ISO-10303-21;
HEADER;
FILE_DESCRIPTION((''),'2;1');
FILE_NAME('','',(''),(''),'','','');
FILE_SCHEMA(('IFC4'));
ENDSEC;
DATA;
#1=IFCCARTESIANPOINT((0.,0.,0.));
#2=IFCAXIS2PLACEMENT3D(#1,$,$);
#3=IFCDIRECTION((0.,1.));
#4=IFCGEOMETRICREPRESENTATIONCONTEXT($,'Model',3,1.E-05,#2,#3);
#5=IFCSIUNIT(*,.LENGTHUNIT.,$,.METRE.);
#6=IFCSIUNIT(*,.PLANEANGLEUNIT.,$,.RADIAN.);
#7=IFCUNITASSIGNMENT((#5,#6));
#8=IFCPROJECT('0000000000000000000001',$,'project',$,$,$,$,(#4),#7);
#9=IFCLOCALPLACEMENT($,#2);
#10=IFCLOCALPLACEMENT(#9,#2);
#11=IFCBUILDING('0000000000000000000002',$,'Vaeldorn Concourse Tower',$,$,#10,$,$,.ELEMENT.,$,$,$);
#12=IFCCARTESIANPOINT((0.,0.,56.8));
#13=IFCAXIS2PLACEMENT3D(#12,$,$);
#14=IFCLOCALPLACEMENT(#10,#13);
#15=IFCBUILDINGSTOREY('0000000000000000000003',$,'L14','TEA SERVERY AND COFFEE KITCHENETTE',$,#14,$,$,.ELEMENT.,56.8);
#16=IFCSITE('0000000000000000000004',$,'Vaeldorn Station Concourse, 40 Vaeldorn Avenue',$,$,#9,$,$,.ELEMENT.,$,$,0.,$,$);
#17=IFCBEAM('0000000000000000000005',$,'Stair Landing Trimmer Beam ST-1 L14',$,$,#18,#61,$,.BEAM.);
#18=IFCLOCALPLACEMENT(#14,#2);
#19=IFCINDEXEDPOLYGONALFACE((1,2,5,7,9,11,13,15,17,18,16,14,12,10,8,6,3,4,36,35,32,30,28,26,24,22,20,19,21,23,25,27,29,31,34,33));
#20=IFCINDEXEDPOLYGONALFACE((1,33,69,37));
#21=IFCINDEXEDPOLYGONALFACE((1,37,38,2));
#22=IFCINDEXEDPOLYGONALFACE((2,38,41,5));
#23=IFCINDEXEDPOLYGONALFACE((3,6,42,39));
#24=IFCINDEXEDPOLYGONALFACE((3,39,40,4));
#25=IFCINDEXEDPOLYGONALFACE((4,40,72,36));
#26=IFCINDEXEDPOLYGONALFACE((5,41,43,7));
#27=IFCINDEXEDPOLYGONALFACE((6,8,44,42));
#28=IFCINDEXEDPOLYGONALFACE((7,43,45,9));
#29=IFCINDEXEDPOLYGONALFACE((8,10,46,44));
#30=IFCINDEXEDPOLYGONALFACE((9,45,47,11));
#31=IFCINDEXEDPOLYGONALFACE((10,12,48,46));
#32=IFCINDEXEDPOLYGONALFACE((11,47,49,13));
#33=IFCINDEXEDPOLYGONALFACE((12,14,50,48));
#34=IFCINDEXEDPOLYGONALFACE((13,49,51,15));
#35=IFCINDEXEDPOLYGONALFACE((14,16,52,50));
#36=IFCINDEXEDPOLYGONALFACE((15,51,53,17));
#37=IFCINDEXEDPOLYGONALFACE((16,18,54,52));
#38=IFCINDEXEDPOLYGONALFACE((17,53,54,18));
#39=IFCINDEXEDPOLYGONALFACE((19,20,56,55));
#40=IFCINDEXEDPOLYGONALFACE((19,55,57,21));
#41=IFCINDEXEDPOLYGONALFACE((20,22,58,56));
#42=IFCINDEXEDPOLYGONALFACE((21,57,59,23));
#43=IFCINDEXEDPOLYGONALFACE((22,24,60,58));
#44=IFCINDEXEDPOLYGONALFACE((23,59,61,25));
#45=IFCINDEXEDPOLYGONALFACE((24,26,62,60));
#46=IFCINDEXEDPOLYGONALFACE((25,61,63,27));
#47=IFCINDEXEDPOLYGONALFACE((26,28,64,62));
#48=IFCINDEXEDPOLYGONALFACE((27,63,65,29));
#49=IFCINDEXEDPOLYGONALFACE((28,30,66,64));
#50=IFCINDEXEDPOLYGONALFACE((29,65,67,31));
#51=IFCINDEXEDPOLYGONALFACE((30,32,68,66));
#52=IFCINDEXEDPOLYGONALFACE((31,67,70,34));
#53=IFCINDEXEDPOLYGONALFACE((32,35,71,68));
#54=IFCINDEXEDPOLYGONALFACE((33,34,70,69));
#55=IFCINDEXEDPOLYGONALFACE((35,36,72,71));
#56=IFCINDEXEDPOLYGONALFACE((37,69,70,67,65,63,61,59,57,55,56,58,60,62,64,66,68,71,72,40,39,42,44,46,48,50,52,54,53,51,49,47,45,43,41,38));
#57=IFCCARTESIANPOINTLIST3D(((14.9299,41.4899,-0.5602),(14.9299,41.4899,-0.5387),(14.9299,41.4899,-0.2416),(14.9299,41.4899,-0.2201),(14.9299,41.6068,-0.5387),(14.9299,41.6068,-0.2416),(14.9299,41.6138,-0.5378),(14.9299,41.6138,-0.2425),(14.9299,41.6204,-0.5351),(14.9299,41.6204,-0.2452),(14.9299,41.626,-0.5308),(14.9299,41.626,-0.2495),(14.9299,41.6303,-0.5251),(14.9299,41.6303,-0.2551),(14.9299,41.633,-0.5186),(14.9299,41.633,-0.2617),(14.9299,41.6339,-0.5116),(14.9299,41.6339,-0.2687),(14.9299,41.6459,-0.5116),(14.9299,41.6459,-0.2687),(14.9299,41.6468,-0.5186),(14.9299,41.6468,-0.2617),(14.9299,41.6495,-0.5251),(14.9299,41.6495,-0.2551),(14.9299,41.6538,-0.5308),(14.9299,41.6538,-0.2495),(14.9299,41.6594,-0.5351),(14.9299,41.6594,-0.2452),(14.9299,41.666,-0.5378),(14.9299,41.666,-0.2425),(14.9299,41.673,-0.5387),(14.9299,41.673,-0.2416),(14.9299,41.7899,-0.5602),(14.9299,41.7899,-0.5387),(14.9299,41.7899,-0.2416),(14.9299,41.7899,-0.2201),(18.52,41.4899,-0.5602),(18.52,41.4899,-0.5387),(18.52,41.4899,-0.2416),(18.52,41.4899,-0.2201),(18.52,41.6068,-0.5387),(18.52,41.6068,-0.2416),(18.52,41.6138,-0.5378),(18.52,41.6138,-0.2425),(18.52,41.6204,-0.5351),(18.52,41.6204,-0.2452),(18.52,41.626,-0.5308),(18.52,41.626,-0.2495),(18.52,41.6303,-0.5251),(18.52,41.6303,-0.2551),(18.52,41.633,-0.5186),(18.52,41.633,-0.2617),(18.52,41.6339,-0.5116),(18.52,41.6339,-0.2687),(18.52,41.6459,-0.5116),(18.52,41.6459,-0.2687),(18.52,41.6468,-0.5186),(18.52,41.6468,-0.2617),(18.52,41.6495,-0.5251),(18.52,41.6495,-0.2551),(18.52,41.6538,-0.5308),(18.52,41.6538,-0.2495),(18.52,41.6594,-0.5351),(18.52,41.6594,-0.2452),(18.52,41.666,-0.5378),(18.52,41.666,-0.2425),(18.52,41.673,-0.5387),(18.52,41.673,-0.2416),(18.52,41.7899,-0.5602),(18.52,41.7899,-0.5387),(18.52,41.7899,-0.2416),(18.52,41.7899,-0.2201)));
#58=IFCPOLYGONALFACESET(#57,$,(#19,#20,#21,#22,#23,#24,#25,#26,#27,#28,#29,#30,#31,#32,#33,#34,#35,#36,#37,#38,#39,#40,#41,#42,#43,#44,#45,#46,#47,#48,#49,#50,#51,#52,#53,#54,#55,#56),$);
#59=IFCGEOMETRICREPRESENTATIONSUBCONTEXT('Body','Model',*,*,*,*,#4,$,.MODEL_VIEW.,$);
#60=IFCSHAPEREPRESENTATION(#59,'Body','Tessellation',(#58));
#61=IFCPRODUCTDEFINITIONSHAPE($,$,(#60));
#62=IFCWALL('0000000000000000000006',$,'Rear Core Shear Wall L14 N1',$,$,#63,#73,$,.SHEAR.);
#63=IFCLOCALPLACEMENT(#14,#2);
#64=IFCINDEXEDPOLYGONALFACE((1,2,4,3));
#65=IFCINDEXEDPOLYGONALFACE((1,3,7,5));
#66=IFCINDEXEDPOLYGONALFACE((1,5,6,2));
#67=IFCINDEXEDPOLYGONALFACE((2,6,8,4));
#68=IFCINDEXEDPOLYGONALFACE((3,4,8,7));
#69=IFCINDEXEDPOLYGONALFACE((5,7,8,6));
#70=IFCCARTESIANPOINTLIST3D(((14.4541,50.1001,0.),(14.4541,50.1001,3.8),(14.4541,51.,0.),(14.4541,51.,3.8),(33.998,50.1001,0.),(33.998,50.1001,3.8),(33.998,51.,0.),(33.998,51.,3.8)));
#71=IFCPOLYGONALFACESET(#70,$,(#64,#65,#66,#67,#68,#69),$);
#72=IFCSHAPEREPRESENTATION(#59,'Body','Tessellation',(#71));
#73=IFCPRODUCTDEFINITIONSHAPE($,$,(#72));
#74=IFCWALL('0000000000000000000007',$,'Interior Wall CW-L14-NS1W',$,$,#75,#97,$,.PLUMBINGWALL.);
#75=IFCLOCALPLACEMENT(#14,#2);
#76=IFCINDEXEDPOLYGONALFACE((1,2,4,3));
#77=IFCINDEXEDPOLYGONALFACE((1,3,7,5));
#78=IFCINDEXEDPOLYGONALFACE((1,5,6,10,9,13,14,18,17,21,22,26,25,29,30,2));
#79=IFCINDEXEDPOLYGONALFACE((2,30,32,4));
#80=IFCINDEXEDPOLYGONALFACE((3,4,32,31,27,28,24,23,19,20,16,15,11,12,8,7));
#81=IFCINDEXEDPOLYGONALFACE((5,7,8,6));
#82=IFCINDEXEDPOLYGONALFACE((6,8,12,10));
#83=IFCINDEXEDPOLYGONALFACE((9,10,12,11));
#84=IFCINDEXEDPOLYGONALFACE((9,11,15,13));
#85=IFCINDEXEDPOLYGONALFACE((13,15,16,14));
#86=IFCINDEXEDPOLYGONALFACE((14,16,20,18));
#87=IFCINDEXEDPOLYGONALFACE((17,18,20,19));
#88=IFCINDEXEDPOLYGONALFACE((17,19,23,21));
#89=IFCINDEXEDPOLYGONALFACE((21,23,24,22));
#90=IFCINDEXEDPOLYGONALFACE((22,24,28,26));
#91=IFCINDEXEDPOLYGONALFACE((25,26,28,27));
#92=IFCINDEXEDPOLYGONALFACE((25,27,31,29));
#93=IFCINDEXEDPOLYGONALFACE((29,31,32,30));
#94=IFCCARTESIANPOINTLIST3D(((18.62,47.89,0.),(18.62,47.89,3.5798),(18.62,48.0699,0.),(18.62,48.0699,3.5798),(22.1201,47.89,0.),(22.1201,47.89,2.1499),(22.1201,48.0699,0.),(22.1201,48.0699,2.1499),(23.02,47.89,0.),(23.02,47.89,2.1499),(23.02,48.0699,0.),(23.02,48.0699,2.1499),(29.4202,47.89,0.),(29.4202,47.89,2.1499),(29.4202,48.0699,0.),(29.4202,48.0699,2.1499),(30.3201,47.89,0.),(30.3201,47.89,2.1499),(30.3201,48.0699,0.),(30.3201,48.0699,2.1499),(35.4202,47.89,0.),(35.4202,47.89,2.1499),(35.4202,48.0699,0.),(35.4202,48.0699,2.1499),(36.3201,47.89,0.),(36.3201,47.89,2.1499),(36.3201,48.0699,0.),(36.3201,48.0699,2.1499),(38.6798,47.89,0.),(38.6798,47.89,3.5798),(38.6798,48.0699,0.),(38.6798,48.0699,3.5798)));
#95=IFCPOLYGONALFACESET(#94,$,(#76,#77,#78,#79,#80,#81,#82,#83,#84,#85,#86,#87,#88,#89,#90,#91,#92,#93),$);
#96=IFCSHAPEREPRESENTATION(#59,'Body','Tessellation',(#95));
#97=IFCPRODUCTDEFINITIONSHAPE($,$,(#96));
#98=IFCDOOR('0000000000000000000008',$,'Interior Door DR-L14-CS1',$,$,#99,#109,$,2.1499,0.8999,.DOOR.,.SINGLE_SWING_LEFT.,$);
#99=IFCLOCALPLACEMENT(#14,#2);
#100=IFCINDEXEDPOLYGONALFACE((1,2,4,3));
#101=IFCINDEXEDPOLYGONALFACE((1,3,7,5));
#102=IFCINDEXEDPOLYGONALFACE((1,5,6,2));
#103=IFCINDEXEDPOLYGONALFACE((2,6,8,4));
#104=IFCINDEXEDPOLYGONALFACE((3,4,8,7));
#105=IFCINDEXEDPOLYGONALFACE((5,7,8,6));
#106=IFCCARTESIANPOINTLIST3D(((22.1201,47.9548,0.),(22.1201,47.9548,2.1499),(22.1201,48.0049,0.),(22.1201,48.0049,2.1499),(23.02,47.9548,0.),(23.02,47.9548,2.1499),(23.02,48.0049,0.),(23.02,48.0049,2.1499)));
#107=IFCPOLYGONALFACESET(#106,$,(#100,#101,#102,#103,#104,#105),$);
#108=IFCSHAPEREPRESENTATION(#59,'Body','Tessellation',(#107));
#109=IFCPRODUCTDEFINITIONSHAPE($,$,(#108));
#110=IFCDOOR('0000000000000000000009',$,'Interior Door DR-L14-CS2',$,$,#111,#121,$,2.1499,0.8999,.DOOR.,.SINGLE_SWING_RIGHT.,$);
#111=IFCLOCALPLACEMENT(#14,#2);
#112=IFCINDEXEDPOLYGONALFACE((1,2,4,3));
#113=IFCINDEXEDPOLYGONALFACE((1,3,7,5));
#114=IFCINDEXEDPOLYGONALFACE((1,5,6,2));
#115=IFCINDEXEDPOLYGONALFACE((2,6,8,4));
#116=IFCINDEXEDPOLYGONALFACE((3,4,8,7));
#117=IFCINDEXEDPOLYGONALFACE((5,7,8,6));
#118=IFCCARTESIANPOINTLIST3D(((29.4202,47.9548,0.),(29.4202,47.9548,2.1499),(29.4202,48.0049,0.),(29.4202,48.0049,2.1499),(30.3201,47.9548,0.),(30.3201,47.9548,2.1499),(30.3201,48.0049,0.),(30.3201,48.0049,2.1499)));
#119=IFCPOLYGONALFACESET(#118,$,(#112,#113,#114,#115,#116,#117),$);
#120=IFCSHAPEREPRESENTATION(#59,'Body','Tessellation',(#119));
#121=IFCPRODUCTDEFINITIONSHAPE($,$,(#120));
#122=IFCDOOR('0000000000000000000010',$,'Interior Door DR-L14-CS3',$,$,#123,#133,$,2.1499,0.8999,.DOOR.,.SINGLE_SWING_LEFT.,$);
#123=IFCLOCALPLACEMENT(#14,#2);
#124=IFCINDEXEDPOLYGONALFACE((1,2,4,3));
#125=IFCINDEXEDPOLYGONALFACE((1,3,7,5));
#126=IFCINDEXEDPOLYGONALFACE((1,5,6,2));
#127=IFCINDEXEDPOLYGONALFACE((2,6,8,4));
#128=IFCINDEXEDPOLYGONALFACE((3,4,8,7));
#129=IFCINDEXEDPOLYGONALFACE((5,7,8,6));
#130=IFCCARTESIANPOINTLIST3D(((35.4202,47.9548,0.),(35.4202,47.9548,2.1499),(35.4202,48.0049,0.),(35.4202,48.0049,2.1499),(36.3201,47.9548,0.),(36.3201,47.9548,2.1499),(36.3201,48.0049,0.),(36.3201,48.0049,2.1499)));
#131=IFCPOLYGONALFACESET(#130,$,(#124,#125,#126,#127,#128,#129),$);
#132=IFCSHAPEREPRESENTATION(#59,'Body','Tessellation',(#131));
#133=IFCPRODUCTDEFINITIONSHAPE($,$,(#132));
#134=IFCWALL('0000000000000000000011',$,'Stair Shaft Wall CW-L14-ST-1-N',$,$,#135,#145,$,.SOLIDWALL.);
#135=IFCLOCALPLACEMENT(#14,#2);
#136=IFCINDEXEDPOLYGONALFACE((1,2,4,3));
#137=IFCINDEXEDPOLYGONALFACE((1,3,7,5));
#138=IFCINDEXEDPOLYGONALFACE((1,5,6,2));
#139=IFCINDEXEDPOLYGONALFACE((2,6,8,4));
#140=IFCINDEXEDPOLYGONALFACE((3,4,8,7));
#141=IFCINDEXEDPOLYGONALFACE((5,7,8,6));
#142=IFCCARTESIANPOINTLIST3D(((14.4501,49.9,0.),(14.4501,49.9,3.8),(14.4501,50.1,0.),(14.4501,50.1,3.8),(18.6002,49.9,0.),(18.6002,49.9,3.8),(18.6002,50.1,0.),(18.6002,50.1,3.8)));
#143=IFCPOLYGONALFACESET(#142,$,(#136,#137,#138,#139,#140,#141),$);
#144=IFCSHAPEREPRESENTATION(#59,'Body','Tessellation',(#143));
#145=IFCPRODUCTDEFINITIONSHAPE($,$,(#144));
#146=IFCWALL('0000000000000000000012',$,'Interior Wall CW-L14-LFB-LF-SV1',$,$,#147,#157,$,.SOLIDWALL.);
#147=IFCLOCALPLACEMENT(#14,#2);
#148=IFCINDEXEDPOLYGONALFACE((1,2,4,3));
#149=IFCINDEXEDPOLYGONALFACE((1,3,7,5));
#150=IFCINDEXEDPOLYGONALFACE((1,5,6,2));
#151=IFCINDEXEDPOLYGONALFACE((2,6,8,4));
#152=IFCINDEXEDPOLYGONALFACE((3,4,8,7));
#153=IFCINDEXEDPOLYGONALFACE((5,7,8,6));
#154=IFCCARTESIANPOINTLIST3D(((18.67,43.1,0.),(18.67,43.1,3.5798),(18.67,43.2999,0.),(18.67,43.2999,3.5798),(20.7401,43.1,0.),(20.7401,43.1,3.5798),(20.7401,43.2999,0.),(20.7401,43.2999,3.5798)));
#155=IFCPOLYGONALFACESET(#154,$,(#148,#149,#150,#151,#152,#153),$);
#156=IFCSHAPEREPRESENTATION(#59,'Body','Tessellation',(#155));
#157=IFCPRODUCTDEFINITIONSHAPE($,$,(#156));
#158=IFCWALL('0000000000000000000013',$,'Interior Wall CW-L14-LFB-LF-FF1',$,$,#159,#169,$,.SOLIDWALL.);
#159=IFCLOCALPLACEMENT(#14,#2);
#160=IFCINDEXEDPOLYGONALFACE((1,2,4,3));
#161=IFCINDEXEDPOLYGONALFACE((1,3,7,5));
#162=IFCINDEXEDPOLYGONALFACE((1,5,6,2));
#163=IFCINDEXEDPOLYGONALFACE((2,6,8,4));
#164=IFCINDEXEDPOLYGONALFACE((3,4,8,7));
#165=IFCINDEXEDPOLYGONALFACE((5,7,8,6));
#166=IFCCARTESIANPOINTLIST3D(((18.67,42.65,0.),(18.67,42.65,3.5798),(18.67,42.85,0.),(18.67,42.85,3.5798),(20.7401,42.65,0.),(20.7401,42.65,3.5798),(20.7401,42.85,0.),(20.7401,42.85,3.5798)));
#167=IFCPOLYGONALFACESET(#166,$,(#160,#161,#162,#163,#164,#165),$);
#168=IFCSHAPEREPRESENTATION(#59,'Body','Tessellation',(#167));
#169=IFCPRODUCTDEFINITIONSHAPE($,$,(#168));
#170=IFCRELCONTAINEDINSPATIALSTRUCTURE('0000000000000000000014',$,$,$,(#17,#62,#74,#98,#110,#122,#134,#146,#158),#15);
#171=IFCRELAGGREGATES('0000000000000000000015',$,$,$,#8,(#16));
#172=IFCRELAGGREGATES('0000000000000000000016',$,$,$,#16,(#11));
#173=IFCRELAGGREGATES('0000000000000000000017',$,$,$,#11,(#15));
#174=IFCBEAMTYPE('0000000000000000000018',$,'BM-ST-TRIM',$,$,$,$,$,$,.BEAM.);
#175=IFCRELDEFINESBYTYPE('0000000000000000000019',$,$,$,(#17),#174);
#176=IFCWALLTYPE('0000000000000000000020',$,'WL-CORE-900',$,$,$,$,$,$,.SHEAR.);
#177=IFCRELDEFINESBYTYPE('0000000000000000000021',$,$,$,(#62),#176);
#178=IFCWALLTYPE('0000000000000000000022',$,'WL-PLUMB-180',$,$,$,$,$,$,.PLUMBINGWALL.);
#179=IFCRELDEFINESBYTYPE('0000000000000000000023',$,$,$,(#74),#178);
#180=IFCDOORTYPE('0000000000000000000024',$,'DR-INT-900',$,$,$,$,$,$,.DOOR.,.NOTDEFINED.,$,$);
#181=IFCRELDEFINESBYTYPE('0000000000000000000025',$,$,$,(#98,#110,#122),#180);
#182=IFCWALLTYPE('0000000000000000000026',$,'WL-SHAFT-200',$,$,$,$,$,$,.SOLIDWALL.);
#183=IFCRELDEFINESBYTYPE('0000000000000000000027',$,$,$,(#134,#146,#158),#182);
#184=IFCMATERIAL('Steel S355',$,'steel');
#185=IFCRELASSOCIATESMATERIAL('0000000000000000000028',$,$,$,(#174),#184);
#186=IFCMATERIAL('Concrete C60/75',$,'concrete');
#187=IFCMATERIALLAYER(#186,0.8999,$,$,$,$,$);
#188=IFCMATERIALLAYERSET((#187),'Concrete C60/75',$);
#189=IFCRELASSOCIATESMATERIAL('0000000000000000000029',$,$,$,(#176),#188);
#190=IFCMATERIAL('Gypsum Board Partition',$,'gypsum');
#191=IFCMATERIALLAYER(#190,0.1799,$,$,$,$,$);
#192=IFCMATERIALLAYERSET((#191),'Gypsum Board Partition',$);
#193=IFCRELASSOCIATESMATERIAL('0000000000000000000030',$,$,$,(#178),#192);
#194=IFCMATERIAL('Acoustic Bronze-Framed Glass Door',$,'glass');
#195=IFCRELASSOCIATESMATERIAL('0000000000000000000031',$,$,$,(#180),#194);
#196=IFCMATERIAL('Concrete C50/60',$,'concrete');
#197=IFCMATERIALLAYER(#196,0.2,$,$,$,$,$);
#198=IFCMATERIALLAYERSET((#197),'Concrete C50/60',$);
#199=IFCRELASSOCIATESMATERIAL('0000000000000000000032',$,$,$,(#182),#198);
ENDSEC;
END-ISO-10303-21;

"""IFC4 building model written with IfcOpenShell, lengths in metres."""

from ifc_helpers import new_model, si_unit, direction, frame, frame_2d, origin, origin_2d, place, context, subcontext, project, spatial, rectangle, i_section, extrude, source, transform, mapped, material, layer, layer_set, material_profile, profile_set, type_object, element, fill, save


model = new_model("IFC4")

# Units and contexts
model_context = context("Model", 3, precision=1e-05, world=origin(), true_north=direction((0.0, 1.0)))
body_context = subcontext(model_context, "Body", "Model", "MODEL_VIEW")
ifc_project = project(units=[si_unit("LENGTHUNIT", "METRE"), si_unit("PLANEANGLEUNIT", "RADIAN")], contexts=[model_context])

# Site, building, storey
site_placement = place(None, origin())
site = spatial("IfcSite", under=ifc_project, at=site_placement, Name="Vaeldorn Station Concourse, 40 Vaeldorn Avenue", CompositionType="ELEMENT", RefElevation=0.0)
building_placement = place(site_placement, origin())
building = spatial("IfcBuilding", under=site, at=building_placement, Name="Vaeldorn Concourse Tower", CompositionType="ELEMENT")
storey_placement = place(building_placement, frame((0.0, 0.0, 56.8)))
storey = spatial("IfcBuildingStorey", under=building, at=storey_placement, Name="L14", Description="TEA SERVERY AND COFFEE KITCHENETTE", CompositionType="ELEMENT", Elevation=56.8)

# Beam
ifc_material_1 = material(Name="Steel S355", Category="steel")
ifc_material_profile = material_profile(ifc_material_1, i_section(OverallWidth=0.3, OverallDepth=0.3401, WebThickness=0.012, FlangeThickness=0.0215, FilletRadius=0.0271, at=origin_2d()), Name="HEB 340")
ifc_profile_set = profile_set([ifc_material_profile], Name="Steel S355")
beam_type = type_object("IfcBeamType", Name="BM-ST-TRIM", PredefinedType="BEAM", material=ifc_profile_set)
shared_shape_1 = source(origin(), body_context, "Body", "SweptSolid", [
    extrude(i_section(OverallWidth=0.3, OverallDepth=0.3401, WebThickness=0.012, FlangeThickness=0.0215, FilletRadius=0.0271, at=origin_2d()), origin(), (0.0, 0.0, 1.0), 3.5901),
])
beam_placement = place(storey_placement, frame((14.9299, 41.6399, -0.3901), z_axis=(1.0, 0.0, 0.0), x_axis=(0.0, 1.0, 0.0)))
element("IfcBeam", 1, at=beam_placement, inside=storey, type_object=beam_type, Name="Stair Landing Trimmer Beam ST-1 L14", PredefinedType="BEAM", context=body_context, shape_type="MappedRepresentation", body=[
    mapped(shared_shape_1, transform((0.0, 0.0, 0.0), scale=1.0)),
])

# Wall
ifc_material_2 = material(Name="Concrete C60/75", Category="concrete")
ifc_layer_1 = layer(ifc_material_2, 0.8999)
ifc_layer_set_1 = layer_set([ifc_layer_1], Name="Concrete C60/75")
wall_type_1 = type_object("IfcWallType", Name="WL-CORE-900", PredefinedType="SHEAR", material=ifc_layer_set_1)
wall_1_placement = place(storey_placement, frame((14.4541, 50.55, 0.0), z_axis=(0.0, 0.0, 1.0), x_axis=(1.0, 0.0, 0.0)))
element("IfcWall", 2, at=wall_1_placement, inside=storey, type_object=wall_type_1, Name="Rear Core Shear Wall L14 N1", PredefinedType="SHEAR", context=body_context, shape_type="SweptSolid", body=[
    extrude(rectangle(XDim=19.5439, YDim=0.8999, at=frame_2d((9.772, 0.0))), origin(), (0.0, 0.0, 1.0), 3.8),
])

# Wall, openings, doors
ifc_material_3 = material(Name="Gypsum Board Partition", Category="gypsum")
ifc_layer_2 = layer(ifc_material_3, 0.1799)
ifc_layer_set_2 = layer_set([ifc_layer_2], Name="Gypsum Board Partition")
wall_type_2 = type_object("IfcWallType", Name="WL-PLUMB-180", PredefinedType="PLUMBINGWALL", material=ifc_layer_set_2)
wall_2_placement = place(storey_placement, frame((18.6201, 47.98, 0.0), z_axis=(0.0, 0.0, 1.0), x_axis=(1.0, 0.0, 0.0)))
wall_2 = element("IfcWall", 3, at=wall_2_placement, inside=storey, type_object=wall_type_2, Name="Interior Wall CW-L14-NS1W", PredefinedType="PLUMBINGWALL", context=body_context, shape_type="SweptSolid", body=[
    extrude(rectangle(XDim=20.0598, YDim=0.1799, at=frame_2d((10.0298, 0.0))), origin(), (0.0, 0.0, 1.0), 3.5798),
])
opening_1_placement = place(wall_2_placement, frame((3.5, 0.0, 0.0)))
opening_1 = element("IfcOpeningElement", 4, at=opening_1_placement, cuts=wall_2, PredefinedType="OPENING", context=body_context, shape_type="SweptSolid", body=[
    extrude(rectangle(XDim=0.8999, YDim=2.1499, at=frame_2d((0.45, 1.075))), frame((0.0, 0.1001, 0.0), z_axis=(0.0, -1.0, 0.0), x_axis=(1.0, 0.0, 0.0)), (0.0, 0.0, 1.0), 0.2),
])
opening_2_placement = place(wall_2_placement, frame((10.8, 0.0, 0.0)))
opening_2 = element("IfcOpeningElement", 5, at=opening_2_placement, cuts=wall_2, PredefinedType="OPENING", context=body_context, shape_type="SweptSolid", body=[
    extrude(rectangle(XDim=0.8999, YDim=2.1499, at=frame_2d((0.45, 1.075))), frame((0.0, 0.1001, 0.0), z_axis=(0.0, -1.0, 0.0), x_axis=(1.0, 0.0, 0.0)), (0.0, 0.0, 1.0), 0.2),
])
opening_3_placement = place(wall_2_placement, frame((16.8, 0.0, 0.0)))
opening_3 = element("IfcOpeningElement", 6, at=opening_3_placement, cuts=wall_2, PredefinedType="OPENING", context=body_context, shape_type="SweptSolid", body=[
    extrude(rectangle(XDim=0.8999, YDim=2.1499, at=frame_2d((0.45, 1.075))), frame((0.0, 0.1001, 0.0), z_axis=(0.0, -1.0, 0.0), x_axis=(1.0, 0.0, 0.0)), (0.0, 0.0, 1.0), 0.2),
])
ifc_material_4 = material(Name="Acoustic Bronze-Framed Glass Door", Category="glass")
door_type_1 = type_object("IfcDoorType", Name="DR-INT-900", OperationType="NOTDEFINED", PredefinedType="DOOR", material=ifc_material_4)
shared_shape_2 = source(origin(), body_context, "Body", "SweptSolid", [
    extrude(rectangle(XDim=0.8999, YDim=2.1499, at=frame_2d((0.45, 1.075))), frame((0.0, 0.0249, 0.0), z_axis=(0.0, -1.0, 0.0), x_axis=(1.0, 0.0, 0.0)), (0.0, 0.0, 1.0), 0.05),
])
door_1_placement = place(opening_1_placement, origin())
door_1 = element("IfcDoor", 7, at=door_1_placement, inside=storey, type_object=door_type_1, Name="Interior Door DR-L14-CS1", OperationType="SINGLE_SWING_LEFT", OverallHeight=2.1499, OverallWidth=0.8999, PredefinedType="DOOR", context=body_context, shape_type="MappedRepresentation", body=[
    mapped(shared_shape_2, transform((0.0, 0.0, 0.0), scale=1.0)),
])
fill(opening_1, door_1)
door_2_placement = place(opening_2_placement, origin())
door_2 = element("IfcDoor", 8, at=door_2_placement, inside=storey, type_object=door_type_1, Name="Interior Door DR-L14-CS2", OperationType="SINGLE_SWING_RIGHT", OverallHeight=2.1499, OverallWidth=0.8999, PredefinedType="DOOR", context=body_context, shape_type="MappedRepresentation", body=[
    mapped(shared_shape_2, transform((0.0, 0.0, 0.0), scale=1.0)),
])
fill(opening_2, door_2)
door_3_placement = place(opening_3_placement, origin())
door_3 = element("IfcDoor", 9, at=door_3_placement, inside=storey, type_object=door_type_1, Name="Interior Door DR-L14-CS3", OperationType="SINGLE_SWING_LEFT", OverallHeight=2.1499, OverallWidth=0.8999, PredefinedType="DOOR", context=body_context, shape_type="MappedRepresentation", body=[
    mapped(shared_shape_2, transform((0.0, 0.0, 0.0), scale=1.0)),
])
fill(opening_3, door_3)

# Wall
ifc_material_5 = material(Name="Concrete C50/60", Category="concrete")
ifc_layer_3 = layer(ifc_material_5, 0.2)
ifc_layer_set_3 = layer_set([ifc_layer_3], Name="Concrete C50/60")
wall_type_3 = type_object("IfcWallType", Name="WL-SHAFT-200", PredefinedType="SOLIDWALL", material=ifc_layer_set_3)
wall_3_placement = place(storey_placement, frame((14.45, 50.0, 0.0), z_axis=(0.0, 0.0, 1.0), x_axis=(1.0, 0.0, 0.0)))
element("IfcWall", 10, at=wall_3_placement, inside=storey, type_object=wall_type_3, Name="Stair Shaft Wall CW-L14-ST-1-N", PredefinedType="SOLIDWALL", context=body_context, shape_type="SweptSolid", body=[
    extrude(rectangle(XDim=4.1501, YDim=0.2, at=frame_2d((2.0752, 0.0))), origin(), (0.0, 0.0, 1.0), 3.8),
])

# Walls
for number, where, z_axis, x_axis, name in (
    (11, (18.6699, 43.2, 0.0), (0.0, 0.0, 1.0), (1.0, 0.0, 0.0), "Interior Wall CW-L14-LFB-LF-SV1"),
    (12, (18.6699, 42.75, 0.0), (0.0, 0.0, 1.0), (1.0, 0.0, 0.0), "Interior Wall CW-L14-LFB-LF-FF1"),
):
    element("IfcWall", number, at=place(storey_placement, frame(where, z_axis=z_axis, x_axis=x_axis)), inside=storey, type_object=wall_type_3, Name=name, PredefinedType="SOLIDWALL", context=body_context, shape_type="SweptSolid", body=[
        extrude(rectangle(XDim=2.0701, YDim=0.2, at=frame_2d((1.0352, 0.0))), origin(), (0.0, 0.0, 1.0), 3.5798),
    ])

save(model, "model.ifc")
